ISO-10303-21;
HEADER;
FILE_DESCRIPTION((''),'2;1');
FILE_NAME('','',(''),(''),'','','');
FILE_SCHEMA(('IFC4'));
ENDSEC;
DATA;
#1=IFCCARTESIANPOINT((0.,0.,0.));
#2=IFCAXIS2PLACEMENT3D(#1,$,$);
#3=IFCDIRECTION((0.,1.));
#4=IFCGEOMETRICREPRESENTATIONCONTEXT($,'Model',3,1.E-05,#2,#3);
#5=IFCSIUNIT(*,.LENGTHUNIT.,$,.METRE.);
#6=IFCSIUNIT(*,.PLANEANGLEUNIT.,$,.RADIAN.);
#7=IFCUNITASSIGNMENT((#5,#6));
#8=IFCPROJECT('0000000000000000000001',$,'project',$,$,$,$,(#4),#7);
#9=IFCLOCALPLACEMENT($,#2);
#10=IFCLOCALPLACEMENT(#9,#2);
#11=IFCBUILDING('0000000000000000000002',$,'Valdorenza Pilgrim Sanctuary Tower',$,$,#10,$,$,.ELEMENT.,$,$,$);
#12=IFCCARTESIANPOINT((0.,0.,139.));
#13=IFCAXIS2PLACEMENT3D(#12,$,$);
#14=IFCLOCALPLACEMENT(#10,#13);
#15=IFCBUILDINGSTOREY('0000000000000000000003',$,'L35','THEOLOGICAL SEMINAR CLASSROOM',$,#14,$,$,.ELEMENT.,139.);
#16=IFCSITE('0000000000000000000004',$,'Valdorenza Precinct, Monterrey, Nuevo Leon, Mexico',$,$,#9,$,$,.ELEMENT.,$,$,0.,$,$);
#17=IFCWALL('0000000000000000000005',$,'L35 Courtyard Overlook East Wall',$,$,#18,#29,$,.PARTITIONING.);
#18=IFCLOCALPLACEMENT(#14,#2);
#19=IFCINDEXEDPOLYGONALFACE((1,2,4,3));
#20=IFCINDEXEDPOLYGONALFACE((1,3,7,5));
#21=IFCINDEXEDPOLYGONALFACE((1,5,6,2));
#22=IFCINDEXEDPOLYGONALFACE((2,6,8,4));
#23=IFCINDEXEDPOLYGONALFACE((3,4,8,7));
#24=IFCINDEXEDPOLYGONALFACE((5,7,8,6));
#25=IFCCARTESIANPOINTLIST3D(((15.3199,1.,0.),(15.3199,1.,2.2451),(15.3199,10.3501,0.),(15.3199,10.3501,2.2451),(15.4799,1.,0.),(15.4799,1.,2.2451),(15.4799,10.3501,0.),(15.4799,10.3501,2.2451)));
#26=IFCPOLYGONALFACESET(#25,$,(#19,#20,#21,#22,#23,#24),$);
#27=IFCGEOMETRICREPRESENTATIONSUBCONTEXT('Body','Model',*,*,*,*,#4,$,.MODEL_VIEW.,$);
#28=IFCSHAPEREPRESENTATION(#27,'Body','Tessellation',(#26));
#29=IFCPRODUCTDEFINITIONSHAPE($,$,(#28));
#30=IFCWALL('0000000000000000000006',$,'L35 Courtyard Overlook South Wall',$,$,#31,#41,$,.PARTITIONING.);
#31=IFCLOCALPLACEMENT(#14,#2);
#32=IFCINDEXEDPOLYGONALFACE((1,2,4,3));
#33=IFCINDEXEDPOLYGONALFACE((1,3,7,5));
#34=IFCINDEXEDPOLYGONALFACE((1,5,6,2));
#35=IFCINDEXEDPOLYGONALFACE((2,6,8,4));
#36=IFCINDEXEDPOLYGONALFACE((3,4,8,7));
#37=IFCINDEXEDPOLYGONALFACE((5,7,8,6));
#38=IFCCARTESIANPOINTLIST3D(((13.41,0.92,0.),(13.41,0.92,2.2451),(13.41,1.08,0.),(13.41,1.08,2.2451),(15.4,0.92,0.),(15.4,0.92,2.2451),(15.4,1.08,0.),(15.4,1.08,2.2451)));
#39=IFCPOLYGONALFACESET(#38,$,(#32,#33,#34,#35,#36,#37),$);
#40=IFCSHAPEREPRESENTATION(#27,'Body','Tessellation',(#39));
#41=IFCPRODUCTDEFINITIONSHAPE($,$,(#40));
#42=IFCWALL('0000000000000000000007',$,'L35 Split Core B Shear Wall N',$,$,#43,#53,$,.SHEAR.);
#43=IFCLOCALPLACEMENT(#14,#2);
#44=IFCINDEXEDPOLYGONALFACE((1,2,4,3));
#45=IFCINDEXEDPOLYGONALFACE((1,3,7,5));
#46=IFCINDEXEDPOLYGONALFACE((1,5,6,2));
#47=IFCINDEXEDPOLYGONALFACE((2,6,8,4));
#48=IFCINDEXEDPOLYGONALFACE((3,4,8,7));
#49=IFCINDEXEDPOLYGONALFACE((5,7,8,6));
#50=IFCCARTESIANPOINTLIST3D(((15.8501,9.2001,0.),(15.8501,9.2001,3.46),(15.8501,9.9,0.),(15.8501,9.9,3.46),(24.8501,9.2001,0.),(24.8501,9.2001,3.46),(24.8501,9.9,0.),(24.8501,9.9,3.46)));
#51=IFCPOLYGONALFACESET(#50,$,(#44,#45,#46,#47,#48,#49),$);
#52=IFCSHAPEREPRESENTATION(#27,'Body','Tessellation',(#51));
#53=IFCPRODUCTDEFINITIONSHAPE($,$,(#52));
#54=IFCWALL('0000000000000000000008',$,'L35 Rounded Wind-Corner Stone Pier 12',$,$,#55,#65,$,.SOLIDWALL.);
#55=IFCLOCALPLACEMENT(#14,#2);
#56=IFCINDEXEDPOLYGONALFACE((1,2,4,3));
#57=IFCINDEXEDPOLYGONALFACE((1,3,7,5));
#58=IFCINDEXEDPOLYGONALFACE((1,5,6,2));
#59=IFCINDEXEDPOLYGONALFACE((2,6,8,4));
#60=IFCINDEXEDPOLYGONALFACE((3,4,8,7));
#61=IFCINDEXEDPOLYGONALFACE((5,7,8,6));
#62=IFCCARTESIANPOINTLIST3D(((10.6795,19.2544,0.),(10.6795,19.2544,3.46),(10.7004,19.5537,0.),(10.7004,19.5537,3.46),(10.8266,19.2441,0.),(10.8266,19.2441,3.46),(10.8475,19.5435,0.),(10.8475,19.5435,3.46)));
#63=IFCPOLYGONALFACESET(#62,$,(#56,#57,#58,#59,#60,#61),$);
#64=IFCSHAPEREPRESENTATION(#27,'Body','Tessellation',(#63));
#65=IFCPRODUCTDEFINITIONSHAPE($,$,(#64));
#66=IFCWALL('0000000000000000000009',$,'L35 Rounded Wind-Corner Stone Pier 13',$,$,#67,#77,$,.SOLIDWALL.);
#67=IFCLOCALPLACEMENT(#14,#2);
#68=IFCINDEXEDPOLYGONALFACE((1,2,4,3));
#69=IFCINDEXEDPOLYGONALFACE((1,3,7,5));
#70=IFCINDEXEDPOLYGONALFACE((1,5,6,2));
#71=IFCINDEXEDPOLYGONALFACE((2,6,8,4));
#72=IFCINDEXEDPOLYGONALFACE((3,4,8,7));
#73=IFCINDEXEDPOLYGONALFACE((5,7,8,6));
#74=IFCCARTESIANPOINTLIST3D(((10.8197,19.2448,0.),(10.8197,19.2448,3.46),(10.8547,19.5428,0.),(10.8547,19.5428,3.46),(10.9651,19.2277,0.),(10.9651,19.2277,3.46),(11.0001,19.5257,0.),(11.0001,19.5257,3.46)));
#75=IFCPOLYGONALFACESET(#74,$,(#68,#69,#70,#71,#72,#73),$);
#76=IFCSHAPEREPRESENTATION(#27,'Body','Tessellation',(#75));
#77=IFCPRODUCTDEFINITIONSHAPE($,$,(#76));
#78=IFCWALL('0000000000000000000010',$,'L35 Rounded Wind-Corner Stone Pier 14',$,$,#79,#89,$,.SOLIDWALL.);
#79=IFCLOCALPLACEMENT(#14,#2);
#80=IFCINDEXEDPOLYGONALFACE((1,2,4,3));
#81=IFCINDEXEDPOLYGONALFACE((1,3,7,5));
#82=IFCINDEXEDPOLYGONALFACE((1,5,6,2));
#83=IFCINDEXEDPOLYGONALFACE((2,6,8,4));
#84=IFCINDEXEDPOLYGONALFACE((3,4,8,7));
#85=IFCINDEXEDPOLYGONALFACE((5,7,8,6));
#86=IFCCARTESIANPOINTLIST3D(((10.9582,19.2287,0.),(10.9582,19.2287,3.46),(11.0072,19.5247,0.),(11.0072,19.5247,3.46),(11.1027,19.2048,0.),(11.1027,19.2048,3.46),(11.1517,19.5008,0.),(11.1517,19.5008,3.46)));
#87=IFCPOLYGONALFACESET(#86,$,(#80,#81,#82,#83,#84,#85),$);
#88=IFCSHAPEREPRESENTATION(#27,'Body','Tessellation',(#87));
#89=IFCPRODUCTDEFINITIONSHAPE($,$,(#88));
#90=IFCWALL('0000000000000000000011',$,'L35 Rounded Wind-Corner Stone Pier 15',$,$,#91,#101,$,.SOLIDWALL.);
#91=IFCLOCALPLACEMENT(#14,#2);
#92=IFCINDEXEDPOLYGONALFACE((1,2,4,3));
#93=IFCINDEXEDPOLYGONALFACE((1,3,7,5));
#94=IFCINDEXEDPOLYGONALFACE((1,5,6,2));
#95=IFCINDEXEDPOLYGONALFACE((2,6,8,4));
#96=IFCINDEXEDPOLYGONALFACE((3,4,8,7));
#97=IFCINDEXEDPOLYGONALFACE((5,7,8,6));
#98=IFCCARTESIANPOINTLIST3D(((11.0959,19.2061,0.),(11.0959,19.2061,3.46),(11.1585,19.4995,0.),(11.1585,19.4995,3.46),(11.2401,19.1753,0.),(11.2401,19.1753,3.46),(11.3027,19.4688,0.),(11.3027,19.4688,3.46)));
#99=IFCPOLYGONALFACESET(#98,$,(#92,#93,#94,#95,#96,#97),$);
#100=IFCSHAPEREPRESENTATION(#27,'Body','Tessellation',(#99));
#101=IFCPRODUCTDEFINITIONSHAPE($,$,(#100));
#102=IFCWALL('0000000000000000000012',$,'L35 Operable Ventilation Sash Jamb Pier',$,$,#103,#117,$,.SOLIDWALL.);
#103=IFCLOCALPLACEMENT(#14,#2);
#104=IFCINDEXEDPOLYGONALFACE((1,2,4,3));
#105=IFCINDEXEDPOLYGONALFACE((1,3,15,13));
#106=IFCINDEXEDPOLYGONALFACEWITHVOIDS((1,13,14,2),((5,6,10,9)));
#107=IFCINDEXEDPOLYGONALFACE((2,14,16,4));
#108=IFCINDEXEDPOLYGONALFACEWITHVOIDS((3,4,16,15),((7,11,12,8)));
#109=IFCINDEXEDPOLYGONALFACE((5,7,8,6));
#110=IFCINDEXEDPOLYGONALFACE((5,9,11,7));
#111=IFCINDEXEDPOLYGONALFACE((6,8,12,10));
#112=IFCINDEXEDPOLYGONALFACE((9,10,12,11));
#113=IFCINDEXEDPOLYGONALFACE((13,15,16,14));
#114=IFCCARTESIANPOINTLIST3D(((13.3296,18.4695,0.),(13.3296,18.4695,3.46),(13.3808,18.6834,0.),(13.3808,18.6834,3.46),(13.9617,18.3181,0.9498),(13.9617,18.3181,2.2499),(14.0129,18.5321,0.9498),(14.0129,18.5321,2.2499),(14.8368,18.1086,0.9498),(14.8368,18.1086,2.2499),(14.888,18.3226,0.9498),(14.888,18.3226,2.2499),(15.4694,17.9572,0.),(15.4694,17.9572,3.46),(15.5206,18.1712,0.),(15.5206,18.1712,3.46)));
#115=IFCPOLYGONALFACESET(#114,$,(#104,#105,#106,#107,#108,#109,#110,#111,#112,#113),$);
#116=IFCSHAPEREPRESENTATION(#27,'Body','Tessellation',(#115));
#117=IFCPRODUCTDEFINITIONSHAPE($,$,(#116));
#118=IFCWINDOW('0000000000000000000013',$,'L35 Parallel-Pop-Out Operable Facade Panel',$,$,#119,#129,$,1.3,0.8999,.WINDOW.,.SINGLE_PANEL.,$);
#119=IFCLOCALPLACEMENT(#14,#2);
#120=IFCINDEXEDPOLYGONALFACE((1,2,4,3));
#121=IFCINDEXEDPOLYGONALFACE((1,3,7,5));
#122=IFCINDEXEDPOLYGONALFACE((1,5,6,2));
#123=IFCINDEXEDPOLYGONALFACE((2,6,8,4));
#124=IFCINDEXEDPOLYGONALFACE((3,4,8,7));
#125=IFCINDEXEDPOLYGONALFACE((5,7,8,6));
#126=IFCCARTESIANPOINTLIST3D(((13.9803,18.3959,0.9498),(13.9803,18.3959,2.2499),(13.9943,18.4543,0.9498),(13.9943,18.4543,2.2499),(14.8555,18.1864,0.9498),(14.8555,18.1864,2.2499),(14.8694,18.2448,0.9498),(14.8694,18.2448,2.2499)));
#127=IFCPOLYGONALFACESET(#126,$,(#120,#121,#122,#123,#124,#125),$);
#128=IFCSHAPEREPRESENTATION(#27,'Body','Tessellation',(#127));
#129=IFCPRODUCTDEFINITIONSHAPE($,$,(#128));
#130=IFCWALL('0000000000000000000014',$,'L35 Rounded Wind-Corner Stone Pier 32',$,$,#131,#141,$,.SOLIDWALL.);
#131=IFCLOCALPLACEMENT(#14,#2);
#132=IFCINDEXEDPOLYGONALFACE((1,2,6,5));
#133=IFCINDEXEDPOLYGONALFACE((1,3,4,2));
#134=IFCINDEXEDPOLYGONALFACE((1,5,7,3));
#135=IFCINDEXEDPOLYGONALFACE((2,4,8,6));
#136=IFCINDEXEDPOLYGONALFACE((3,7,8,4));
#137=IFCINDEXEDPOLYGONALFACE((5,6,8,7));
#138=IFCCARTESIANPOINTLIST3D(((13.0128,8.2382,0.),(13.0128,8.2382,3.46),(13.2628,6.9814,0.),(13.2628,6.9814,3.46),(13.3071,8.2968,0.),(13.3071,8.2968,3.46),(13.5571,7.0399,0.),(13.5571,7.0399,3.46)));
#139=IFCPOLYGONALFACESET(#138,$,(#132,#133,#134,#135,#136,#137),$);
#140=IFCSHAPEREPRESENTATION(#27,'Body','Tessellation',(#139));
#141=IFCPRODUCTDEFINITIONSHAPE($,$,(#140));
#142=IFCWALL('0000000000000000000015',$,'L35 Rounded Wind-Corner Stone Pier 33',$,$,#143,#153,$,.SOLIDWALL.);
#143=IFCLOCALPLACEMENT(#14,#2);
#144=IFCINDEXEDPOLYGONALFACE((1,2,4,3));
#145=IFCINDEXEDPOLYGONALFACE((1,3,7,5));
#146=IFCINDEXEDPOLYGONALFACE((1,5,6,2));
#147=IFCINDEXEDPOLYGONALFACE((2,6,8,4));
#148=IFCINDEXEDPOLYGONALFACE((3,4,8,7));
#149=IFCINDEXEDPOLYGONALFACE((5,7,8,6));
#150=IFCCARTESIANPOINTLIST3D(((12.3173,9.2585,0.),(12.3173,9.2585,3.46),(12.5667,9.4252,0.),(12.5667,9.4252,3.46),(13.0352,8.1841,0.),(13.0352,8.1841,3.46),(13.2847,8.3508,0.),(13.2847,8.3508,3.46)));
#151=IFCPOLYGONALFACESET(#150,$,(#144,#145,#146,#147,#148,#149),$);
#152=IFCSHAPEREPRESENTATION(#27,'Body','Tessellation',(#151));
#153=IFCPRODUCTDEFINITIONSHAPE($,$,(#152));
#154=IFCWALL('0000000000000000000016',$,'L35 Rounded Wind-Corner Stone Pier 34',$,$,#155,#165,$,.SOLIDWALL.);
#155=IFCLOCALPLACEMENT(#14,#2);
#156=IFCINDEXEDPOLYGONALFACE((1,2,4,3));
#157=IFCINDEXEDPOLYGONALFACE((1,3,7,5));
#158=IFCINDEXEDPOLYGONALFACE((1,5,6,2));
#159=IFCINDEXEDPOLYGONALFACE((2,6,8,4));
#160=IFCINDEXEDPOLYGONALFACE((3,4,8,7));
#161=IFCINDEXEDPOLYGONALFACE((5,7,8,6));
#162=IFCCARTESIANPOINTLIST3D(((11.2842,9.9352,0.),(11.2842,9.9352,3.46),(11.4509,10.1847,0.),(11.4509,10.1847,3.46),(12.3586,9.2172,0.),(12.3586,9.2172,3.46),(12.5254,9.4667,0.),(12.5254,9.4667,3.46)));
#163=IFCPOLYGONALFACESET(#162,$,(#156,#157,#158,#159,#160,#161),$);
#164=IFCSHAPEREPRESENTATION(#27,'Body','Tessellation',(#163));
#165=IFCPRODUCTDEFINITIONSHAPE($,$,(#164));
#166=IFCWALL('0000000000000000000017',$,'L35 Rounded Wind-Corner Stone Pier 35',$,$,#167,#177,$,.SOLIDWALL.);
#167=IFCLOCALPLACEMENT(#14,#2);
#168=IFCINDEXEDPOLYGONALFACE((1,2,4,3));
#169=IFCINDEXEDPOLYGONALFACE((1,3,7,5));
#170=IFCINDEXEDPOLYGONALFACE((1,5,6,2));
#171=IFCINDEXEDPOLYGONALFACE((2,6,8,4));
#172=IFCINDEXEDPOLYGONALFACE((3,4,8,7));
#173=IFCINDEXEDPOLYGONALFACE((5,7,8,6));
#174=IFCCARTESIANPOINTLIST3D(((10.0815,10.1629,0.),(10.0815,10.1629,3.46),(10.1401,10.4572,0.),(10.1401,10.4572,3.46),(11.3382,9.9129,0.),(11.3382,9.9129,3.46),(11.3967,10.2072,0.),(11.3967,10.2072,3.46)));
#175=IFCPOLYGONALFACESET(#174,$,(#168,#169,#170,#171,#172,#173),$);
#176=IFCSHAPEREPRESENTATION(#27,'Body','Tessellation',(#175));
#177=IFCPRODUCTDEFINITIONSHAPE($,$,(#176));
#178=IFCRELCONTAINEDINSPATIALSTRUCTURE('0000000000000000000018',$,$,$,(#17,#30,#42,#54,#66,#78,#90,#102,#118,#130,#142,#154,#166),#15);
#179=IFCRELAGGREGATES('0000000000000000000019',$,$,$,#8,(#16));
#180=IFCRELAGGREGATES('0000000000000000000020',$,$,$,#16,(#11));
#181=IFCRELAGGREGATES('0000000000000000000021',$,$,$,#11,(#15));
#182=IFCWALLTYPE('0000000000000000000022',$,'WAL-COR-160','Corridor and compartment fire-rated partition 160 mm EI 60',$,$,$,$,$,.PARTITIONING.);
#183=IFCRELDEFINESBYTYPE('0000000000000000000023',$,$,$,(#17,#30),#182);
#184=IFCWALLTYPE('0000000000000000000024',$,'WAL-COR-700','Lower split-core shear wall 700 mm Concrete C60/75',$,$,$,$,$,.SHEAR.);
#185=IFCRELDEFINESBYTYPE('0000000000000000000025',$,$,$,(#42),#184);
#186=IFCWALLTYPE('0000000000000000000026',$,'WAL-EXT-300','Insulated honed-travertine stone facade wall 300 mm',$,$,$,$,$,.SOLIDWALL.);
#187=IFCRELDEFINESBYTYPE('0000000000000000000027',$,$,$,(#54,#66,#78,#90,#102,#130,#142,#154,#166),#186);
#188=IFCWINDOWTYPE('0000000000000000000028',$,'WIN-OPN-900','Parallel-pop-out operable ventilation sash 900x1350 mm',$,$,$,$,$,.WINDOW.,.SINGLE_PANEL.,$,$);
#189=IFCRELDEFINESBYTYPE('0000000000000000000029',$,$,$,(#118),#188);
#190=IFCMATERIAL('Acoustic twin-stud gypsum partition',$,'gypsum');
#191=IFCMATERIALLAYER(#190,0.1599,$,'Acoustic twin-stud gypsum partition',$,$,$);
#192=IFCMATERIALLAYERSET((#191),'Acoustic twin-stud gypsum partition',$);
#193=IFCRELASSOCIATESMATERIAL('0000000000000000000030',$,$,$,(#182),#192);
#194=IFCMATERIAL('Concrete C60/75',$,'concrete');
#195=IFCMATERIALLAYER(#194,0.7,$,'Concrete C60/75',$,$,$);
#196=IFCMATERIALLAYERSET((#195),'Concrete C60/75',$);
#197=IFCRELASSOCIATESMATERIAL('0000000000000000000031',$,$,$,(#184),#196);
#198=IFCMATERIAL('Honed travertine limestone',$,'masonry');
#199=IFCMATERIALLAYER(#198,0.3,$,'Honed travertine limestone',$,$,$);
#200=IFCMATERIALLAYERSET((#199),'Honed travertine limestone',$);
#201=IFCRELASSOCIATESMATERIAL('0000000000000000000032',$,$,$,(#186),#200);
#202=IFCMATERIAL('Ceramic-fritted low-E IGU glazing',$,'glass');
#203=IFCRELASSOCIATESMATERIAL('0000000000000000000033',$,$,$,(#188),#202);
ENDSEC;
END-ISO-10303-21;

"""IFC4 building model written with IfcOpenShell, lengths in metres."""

from ifc_helpers import new_model, si_unit, direction, frame, frame_2d, origin, place, context, subcontext, project, spatial, rectangle, extrude, material, layer, layer_set, type_object, element, fill, save


model = new_model("IFC4")

# Units and contexts
model_context = context("Model", 3, precision=1e-05, world=origin(), true_north=direction((0.0, 1.0)))
body_context = subcontext(model_context, "Body", "Model", "MODEL_VIEW")
ifc_project = project(units=[si_unit("LENGTHUNIT", "METRE"), si_unit("PLANEANGLEUNIT", "RADIAN")], contexts=[model_context])

# Site, building, storey
site_placement = place(None, origin())
site = spatial("IfcSite", under=ifc_project, at=site_placement, Name="Valdorenza Precinct, Monterrey, Nuevo Leon, Mexico", CompositionType="ELEMENT", RefElevation=0.0)
building_placement = place(site_placement, origin())
building = spatial("IfcBuilding", under=site, at=building_placement, Name="Valdorenza Pilgrim Sanctuary Tower", CompositionType="ELEMENT")
storey_placement = place(building_placement, frame((0.0, 0.0, 139.0)))
storey = spatial("IfcBuildingStorey", under=building, at=storey_placement, Name="L35", Description="THEOLOGICAL SEMINAR CLASSROOM", CompositionType="ELEMENT", Elevation=139.0)

# Shared definitions
ifc_material_1 = material(Name="Concrete C60/75", Category="concrete")

# Shared definitions
ifc_material_2 = material(Name="Honed travertine limestone", Category="masonry")
ifc_material_3 = material(Name="Ceramic-fritted low-E IGU glazing", Category="glass")

# Shared definitions
ifc_material_4 = material(Name="Acoustic twin-stud gypsum partition", Category="gypsum")
ifc_layer_1 = layer(ifc_material_4, 0.1599, Name="Acoustic twin-stud gypsum partition")
ifc_layer_set_1 = layer_set([ifc_layer_1], Name="Acoustic twin-stud gypsum partition")
wall_type_1 = type_object("IfcWallType", Name="WAL-COR-160", Description="Corridor and compartment fire-rated partition 160 mm EI 60", PredefinedType="PARTITIONING", material=ifc_layer_set_1)

# Walls
wall_1_placement = place(storey_placement, frame((15.3999, 1.0, 0.0), z_axis=(0.0, 0.0, 1.0), x_axis=(0.0, 1.0, 0.0)))
element("IfcWall", 1, at=wall_1_placement, inside=storey, type_object=wall_type_1, Name="L35 Courtyard Overlook East Wall", PredefinedType="PARTITIONING", context=body_context, shape_type="SweptSolid", body=[
    extrude(rectangle(XDim=9.3501, YDim=0.1599, at=frame_2d((4.675, 0.0))), origin(), (0.0, 0.0, 1.0), 2.2451),
])
wall_2_placement = place(storey_placement, frame((13.4099, 1.0, 0.0), z_axis=(0.0, 0.0, 1.0), x_axis=(1.0, 0.0, 0.0)))
element("IfcWall", 2, at=wall_2_placement, inside=storey, type_object=wall_type_1, Name="L35 Courtyard Overlook South Wall", PredefinedType="PARTITIONING", context=body_context, shape_type="SweptSolid", body=[
    extrude(rectangle(XDim=1.99, YDim=0.1599, at=frame_2d((0.9951, 0.0))), origin(), (0.0, 0.0, 1.0), 2.2451),
])
ifc_layer_2 = layer(ifc_material_1, 0.7, Name="Concrete C60/75")
ifc_layer_set_2 = layer_set([ifc_layer_2], Name="Concrete C60/75")
wall_type_2 = type_object("IfcWallType", Name="WAL-COR-700", Description="Lower split-core shear wall 700 mm Concrete C60/75", PredefinedType="SHEAR", material=ifc_layer_set_2)
wall_3_placement = place(storey_placement, frame((15.8501, 9.55, 0.0), z_axis=(0.0, 0.0, 1.0), x_axis=(1.0, 0.0, 0.0)))
element("IfcWall", 3, at=wall_3_placement, inside=storey, type_object=wall_type_2, Name="L35 Split Core B Shear Wall N", PredefinedType="SHEAR", context=body_context, shape_type="SweptSolid", body=[
    extrude(rectangle(XDim=9.0, YDim=0.7, at=frame_2d((4.5, 0.0))), origin(), (0.0, 0.0, 1.0), 3.46),
])
ifc_layer_3 = layer(ifc_material_2, 0.3, Name="Honed travertine limestone")
ifc_layer_set_3 = layer_set([ifc_layer_3], Name="Honed travertine limestone")
wall_type_3 = type_object("IfcWallType", Name="WAL-EXT-300", Description="Insulated honed-travertine stone facade wall 300 mm", PredefinedType="SOLIDWALL", material=ifc_layer_set_3)
wall_4_placement = place(storey_placement, frame((10.6899, 19.4041, 0.0), z_axis=(0.0, 0.0, 1.0), x_axis=(0.997583, -0.069483, 0.0)))
element("IfcWall", 4, at=wall_4_placement, inside=storey, type_object=wall_type_3, Name="L35 Rounded Wind-Corner Stone Pier 12", PredefinedType="SOLIDWALL", context=body_context, shape_type="SweptSolid", body=[
    extrude(rectangle(XDim=0.1475, YDim=0.3, at=frame_2d((0.0737, 0.0))), origin(), (0.0, 0.0, 1.0), 3.46),
])
for number, where, z_axis, x_axis, name in (
    (5, (10.8372, 19.3938, 0.0), (0.0, 0.0, 1.0), (0.993173, -0.116648, 0.0), "L35 Rounded Wind-Corner Stone Pier 13"),
    (6, (10.9827, 19.3767, 0.0), (0.0, 0.0, 1.0), (0.986573, -0.163318, 0.0), "L35 Rounded Wind-Corner Stone Pier 14"),
):
    element("IfcWall", number, at=place(storey_placement, frame(where, z_axis=z_axis, x_axis=x_axis)), inside=storey, type_object=wall_type_3, Name=name, PredefinedType="SOLIDWALL", context=body_context, shape_type="SweptSolid", body=[
        extrude(rectangle(XDim=0.1465, YDim=0.3, at=frame_2d((0.0732, 0.0))), origin(), (0.0, 0.0, 1.0), 3.46),
    ])
wall_5_placement = place(storey_placement, frame((11.1272, 19.3528, 0.0), z_axis=(0.0, 0.0, 1.0), x_axis=(0.97802, -0.208512, 0.0)))
element("IfcWall", 7, at=wall_5_placement, inside=storey, type_object=wall_type_3, Name="L35 Rounded Wind-Corner Stone Pier 15", PredefinedType="SOLIDWALL", context=body_context, shape_type="SweptSolid", body=[
    extrude(rectangle(XDim=0.1475, YDim=0.3, at=frame_2d((0.0737, 0.0))), origin(), (0.0, 0.0, 1.0), 3.46),
])

# Wall, opening, window
wall_6_placement = place(storey_placement, frame((13.3552, 18.5764, 0.0), z_axis=(0.0, 0.0, 1.0), x_axis=(0.972522, -0.232811, 0.0)))
wall_6 = element("IfcWall", 8, at=wall_6_placement, inside=storey, type_object=wall_type_3, Name="L35 Operable Ventilation Sash Jamb Pier", PredefinedType="SOLIDWALL", context=body_context, shape_type="SweptSolid", body=[
    extrude(rectangle(XDim=2.2002, YDim=0.22, at=frame_2d((1.1001, 0.0))), origin(), (0.0, 0.0, 1.0), 3.46),
])
opening_1_placement = place(wall_6_placement, frame((0.6499, 0.0, 0.95)))
opening_1 = element("IfcOpeningElement", 9, at=opening_1_placement, cuts=wall_6, PredefinedType="OPENING", context=body_context, shape_type="SweptSolid", body=[
    extrude(rectangle(XDim=0.8999, YDim=1.3, at=frame_2d((0.45, 0.6499))), frame((0.0, 0.125, 0.0), z_axis=(0.0, -1.0, 0.0), x_axis=(1.0, 0.0, 0.0)), (0.0, 0.0, 1.0), 0.2498),
])
window_type = type_object("IfcWindowType", Name="WIN-OPN-900", Description="Parallel-pop-out operable ventilation sash 900x1350 mm", PartitioningType="SINGLE_PANEL", PredefinedType="WINDOW", material=ifc_material_3)
window_placement = place(opening_1_placement, origin())
window = element("IfcWindow", 10, at=window_placement, inside=storey, type_object=window_type, Name="L35 Parallel-Pop-Out Operable Facade Panel", OverallHeight=1.3, OverallWidth=0.8999, PartitioningType="SINGLE_PANEL", PredefinedType="WINDOW", context=body_context, shape_type="SweptSolid", body=[
    extrude(rectangle(XDim=0.8999, YDim=1.3, at=frame_2d((0.45, 0.6499))), frame((0.0, 0.03, 0.0), z_axis=(0.0, -1.0, 0.0), x_axis=(1.0, 0.0, 0.0)), (0.0, 0.0, 1.0), 0.0601),
])
fill(opening_1, window)

# Walls
wall_7_placement = place(storey_placement, frame((13.4099, 7.0107, 0.0), z_axis=(0.0, 0.0, 1.0), x_axis=(-0.19509, 0.980785, 0.0)))
element("IfcWall", 11, at=wall_7_placement, inside=storey, type_object=wall_type_3, Name="L35 Rounded Wind-Corner Stone Pier 32", PredefinedType="SOLIDWALL", context=body_context, shape_type="SweptSolid", body=[
    extrude(rectangle(XDim=1.2815, YDim=0.3, at=frame_2d((0.6406, 0.0))), origin(), (0.0, 0.0, 1.0), 3.46),
])
for number, where, z_axis, x_axis, name in (
    (12, (13.1599, 8.2676, 0.0), (0.0, 0.0, 1.0), (-0.555615, 0.831439, 0.0), "L35 Rounded Wind-Corner Stone Pier 33"),
    (13, (12.4419, 9.342, 0.0), (0.0, 0.0, 1.0), (-0.831439, 0.555615, 0.0), "L35 Rounded Wind-Corner Stone Pier 34"),
):
    element("IfcWall", number, at=place(storey_placement, frame(where, z_axis=z_axis, x_axis=x_axis)), inside=storey, type_object=wall_type_3, Name=name, PredefinedType="SOLIDWALL", context=body_context, shape_type="SweptSolid", body=[
        extrude(rectangle(XDim=1.2922, YDim=0.3, at=frame_2d((0.646, 0.0))), origin(), (0.0, 0.0, 1.0), 3.46),
    ])
wall_8_placement = place(storey_placement, frame((11.3674, 10.0601, 0.0), z_axis=(0.0, 0.0, 1.0), x_axis=(-0.980778, 0.195127, 0.0)))
element("IfcWall", 14, at=wall_8_placement, inside=storey, type_object=wall_type_3, Name="L35 Rounded Wind-Corner Stone Pier 35", PredefinedType="SOLIDWALL", context=body_context, shape_type="SweptSolid", body=[
    extrude(rectangle(XDim=1.2812, YDim=0.3, at=frame_2d((0.6406, 0.0))), origin(), (0.0, 0.0, 1.0), 3.46),
])

save(model, "model.ifc")
